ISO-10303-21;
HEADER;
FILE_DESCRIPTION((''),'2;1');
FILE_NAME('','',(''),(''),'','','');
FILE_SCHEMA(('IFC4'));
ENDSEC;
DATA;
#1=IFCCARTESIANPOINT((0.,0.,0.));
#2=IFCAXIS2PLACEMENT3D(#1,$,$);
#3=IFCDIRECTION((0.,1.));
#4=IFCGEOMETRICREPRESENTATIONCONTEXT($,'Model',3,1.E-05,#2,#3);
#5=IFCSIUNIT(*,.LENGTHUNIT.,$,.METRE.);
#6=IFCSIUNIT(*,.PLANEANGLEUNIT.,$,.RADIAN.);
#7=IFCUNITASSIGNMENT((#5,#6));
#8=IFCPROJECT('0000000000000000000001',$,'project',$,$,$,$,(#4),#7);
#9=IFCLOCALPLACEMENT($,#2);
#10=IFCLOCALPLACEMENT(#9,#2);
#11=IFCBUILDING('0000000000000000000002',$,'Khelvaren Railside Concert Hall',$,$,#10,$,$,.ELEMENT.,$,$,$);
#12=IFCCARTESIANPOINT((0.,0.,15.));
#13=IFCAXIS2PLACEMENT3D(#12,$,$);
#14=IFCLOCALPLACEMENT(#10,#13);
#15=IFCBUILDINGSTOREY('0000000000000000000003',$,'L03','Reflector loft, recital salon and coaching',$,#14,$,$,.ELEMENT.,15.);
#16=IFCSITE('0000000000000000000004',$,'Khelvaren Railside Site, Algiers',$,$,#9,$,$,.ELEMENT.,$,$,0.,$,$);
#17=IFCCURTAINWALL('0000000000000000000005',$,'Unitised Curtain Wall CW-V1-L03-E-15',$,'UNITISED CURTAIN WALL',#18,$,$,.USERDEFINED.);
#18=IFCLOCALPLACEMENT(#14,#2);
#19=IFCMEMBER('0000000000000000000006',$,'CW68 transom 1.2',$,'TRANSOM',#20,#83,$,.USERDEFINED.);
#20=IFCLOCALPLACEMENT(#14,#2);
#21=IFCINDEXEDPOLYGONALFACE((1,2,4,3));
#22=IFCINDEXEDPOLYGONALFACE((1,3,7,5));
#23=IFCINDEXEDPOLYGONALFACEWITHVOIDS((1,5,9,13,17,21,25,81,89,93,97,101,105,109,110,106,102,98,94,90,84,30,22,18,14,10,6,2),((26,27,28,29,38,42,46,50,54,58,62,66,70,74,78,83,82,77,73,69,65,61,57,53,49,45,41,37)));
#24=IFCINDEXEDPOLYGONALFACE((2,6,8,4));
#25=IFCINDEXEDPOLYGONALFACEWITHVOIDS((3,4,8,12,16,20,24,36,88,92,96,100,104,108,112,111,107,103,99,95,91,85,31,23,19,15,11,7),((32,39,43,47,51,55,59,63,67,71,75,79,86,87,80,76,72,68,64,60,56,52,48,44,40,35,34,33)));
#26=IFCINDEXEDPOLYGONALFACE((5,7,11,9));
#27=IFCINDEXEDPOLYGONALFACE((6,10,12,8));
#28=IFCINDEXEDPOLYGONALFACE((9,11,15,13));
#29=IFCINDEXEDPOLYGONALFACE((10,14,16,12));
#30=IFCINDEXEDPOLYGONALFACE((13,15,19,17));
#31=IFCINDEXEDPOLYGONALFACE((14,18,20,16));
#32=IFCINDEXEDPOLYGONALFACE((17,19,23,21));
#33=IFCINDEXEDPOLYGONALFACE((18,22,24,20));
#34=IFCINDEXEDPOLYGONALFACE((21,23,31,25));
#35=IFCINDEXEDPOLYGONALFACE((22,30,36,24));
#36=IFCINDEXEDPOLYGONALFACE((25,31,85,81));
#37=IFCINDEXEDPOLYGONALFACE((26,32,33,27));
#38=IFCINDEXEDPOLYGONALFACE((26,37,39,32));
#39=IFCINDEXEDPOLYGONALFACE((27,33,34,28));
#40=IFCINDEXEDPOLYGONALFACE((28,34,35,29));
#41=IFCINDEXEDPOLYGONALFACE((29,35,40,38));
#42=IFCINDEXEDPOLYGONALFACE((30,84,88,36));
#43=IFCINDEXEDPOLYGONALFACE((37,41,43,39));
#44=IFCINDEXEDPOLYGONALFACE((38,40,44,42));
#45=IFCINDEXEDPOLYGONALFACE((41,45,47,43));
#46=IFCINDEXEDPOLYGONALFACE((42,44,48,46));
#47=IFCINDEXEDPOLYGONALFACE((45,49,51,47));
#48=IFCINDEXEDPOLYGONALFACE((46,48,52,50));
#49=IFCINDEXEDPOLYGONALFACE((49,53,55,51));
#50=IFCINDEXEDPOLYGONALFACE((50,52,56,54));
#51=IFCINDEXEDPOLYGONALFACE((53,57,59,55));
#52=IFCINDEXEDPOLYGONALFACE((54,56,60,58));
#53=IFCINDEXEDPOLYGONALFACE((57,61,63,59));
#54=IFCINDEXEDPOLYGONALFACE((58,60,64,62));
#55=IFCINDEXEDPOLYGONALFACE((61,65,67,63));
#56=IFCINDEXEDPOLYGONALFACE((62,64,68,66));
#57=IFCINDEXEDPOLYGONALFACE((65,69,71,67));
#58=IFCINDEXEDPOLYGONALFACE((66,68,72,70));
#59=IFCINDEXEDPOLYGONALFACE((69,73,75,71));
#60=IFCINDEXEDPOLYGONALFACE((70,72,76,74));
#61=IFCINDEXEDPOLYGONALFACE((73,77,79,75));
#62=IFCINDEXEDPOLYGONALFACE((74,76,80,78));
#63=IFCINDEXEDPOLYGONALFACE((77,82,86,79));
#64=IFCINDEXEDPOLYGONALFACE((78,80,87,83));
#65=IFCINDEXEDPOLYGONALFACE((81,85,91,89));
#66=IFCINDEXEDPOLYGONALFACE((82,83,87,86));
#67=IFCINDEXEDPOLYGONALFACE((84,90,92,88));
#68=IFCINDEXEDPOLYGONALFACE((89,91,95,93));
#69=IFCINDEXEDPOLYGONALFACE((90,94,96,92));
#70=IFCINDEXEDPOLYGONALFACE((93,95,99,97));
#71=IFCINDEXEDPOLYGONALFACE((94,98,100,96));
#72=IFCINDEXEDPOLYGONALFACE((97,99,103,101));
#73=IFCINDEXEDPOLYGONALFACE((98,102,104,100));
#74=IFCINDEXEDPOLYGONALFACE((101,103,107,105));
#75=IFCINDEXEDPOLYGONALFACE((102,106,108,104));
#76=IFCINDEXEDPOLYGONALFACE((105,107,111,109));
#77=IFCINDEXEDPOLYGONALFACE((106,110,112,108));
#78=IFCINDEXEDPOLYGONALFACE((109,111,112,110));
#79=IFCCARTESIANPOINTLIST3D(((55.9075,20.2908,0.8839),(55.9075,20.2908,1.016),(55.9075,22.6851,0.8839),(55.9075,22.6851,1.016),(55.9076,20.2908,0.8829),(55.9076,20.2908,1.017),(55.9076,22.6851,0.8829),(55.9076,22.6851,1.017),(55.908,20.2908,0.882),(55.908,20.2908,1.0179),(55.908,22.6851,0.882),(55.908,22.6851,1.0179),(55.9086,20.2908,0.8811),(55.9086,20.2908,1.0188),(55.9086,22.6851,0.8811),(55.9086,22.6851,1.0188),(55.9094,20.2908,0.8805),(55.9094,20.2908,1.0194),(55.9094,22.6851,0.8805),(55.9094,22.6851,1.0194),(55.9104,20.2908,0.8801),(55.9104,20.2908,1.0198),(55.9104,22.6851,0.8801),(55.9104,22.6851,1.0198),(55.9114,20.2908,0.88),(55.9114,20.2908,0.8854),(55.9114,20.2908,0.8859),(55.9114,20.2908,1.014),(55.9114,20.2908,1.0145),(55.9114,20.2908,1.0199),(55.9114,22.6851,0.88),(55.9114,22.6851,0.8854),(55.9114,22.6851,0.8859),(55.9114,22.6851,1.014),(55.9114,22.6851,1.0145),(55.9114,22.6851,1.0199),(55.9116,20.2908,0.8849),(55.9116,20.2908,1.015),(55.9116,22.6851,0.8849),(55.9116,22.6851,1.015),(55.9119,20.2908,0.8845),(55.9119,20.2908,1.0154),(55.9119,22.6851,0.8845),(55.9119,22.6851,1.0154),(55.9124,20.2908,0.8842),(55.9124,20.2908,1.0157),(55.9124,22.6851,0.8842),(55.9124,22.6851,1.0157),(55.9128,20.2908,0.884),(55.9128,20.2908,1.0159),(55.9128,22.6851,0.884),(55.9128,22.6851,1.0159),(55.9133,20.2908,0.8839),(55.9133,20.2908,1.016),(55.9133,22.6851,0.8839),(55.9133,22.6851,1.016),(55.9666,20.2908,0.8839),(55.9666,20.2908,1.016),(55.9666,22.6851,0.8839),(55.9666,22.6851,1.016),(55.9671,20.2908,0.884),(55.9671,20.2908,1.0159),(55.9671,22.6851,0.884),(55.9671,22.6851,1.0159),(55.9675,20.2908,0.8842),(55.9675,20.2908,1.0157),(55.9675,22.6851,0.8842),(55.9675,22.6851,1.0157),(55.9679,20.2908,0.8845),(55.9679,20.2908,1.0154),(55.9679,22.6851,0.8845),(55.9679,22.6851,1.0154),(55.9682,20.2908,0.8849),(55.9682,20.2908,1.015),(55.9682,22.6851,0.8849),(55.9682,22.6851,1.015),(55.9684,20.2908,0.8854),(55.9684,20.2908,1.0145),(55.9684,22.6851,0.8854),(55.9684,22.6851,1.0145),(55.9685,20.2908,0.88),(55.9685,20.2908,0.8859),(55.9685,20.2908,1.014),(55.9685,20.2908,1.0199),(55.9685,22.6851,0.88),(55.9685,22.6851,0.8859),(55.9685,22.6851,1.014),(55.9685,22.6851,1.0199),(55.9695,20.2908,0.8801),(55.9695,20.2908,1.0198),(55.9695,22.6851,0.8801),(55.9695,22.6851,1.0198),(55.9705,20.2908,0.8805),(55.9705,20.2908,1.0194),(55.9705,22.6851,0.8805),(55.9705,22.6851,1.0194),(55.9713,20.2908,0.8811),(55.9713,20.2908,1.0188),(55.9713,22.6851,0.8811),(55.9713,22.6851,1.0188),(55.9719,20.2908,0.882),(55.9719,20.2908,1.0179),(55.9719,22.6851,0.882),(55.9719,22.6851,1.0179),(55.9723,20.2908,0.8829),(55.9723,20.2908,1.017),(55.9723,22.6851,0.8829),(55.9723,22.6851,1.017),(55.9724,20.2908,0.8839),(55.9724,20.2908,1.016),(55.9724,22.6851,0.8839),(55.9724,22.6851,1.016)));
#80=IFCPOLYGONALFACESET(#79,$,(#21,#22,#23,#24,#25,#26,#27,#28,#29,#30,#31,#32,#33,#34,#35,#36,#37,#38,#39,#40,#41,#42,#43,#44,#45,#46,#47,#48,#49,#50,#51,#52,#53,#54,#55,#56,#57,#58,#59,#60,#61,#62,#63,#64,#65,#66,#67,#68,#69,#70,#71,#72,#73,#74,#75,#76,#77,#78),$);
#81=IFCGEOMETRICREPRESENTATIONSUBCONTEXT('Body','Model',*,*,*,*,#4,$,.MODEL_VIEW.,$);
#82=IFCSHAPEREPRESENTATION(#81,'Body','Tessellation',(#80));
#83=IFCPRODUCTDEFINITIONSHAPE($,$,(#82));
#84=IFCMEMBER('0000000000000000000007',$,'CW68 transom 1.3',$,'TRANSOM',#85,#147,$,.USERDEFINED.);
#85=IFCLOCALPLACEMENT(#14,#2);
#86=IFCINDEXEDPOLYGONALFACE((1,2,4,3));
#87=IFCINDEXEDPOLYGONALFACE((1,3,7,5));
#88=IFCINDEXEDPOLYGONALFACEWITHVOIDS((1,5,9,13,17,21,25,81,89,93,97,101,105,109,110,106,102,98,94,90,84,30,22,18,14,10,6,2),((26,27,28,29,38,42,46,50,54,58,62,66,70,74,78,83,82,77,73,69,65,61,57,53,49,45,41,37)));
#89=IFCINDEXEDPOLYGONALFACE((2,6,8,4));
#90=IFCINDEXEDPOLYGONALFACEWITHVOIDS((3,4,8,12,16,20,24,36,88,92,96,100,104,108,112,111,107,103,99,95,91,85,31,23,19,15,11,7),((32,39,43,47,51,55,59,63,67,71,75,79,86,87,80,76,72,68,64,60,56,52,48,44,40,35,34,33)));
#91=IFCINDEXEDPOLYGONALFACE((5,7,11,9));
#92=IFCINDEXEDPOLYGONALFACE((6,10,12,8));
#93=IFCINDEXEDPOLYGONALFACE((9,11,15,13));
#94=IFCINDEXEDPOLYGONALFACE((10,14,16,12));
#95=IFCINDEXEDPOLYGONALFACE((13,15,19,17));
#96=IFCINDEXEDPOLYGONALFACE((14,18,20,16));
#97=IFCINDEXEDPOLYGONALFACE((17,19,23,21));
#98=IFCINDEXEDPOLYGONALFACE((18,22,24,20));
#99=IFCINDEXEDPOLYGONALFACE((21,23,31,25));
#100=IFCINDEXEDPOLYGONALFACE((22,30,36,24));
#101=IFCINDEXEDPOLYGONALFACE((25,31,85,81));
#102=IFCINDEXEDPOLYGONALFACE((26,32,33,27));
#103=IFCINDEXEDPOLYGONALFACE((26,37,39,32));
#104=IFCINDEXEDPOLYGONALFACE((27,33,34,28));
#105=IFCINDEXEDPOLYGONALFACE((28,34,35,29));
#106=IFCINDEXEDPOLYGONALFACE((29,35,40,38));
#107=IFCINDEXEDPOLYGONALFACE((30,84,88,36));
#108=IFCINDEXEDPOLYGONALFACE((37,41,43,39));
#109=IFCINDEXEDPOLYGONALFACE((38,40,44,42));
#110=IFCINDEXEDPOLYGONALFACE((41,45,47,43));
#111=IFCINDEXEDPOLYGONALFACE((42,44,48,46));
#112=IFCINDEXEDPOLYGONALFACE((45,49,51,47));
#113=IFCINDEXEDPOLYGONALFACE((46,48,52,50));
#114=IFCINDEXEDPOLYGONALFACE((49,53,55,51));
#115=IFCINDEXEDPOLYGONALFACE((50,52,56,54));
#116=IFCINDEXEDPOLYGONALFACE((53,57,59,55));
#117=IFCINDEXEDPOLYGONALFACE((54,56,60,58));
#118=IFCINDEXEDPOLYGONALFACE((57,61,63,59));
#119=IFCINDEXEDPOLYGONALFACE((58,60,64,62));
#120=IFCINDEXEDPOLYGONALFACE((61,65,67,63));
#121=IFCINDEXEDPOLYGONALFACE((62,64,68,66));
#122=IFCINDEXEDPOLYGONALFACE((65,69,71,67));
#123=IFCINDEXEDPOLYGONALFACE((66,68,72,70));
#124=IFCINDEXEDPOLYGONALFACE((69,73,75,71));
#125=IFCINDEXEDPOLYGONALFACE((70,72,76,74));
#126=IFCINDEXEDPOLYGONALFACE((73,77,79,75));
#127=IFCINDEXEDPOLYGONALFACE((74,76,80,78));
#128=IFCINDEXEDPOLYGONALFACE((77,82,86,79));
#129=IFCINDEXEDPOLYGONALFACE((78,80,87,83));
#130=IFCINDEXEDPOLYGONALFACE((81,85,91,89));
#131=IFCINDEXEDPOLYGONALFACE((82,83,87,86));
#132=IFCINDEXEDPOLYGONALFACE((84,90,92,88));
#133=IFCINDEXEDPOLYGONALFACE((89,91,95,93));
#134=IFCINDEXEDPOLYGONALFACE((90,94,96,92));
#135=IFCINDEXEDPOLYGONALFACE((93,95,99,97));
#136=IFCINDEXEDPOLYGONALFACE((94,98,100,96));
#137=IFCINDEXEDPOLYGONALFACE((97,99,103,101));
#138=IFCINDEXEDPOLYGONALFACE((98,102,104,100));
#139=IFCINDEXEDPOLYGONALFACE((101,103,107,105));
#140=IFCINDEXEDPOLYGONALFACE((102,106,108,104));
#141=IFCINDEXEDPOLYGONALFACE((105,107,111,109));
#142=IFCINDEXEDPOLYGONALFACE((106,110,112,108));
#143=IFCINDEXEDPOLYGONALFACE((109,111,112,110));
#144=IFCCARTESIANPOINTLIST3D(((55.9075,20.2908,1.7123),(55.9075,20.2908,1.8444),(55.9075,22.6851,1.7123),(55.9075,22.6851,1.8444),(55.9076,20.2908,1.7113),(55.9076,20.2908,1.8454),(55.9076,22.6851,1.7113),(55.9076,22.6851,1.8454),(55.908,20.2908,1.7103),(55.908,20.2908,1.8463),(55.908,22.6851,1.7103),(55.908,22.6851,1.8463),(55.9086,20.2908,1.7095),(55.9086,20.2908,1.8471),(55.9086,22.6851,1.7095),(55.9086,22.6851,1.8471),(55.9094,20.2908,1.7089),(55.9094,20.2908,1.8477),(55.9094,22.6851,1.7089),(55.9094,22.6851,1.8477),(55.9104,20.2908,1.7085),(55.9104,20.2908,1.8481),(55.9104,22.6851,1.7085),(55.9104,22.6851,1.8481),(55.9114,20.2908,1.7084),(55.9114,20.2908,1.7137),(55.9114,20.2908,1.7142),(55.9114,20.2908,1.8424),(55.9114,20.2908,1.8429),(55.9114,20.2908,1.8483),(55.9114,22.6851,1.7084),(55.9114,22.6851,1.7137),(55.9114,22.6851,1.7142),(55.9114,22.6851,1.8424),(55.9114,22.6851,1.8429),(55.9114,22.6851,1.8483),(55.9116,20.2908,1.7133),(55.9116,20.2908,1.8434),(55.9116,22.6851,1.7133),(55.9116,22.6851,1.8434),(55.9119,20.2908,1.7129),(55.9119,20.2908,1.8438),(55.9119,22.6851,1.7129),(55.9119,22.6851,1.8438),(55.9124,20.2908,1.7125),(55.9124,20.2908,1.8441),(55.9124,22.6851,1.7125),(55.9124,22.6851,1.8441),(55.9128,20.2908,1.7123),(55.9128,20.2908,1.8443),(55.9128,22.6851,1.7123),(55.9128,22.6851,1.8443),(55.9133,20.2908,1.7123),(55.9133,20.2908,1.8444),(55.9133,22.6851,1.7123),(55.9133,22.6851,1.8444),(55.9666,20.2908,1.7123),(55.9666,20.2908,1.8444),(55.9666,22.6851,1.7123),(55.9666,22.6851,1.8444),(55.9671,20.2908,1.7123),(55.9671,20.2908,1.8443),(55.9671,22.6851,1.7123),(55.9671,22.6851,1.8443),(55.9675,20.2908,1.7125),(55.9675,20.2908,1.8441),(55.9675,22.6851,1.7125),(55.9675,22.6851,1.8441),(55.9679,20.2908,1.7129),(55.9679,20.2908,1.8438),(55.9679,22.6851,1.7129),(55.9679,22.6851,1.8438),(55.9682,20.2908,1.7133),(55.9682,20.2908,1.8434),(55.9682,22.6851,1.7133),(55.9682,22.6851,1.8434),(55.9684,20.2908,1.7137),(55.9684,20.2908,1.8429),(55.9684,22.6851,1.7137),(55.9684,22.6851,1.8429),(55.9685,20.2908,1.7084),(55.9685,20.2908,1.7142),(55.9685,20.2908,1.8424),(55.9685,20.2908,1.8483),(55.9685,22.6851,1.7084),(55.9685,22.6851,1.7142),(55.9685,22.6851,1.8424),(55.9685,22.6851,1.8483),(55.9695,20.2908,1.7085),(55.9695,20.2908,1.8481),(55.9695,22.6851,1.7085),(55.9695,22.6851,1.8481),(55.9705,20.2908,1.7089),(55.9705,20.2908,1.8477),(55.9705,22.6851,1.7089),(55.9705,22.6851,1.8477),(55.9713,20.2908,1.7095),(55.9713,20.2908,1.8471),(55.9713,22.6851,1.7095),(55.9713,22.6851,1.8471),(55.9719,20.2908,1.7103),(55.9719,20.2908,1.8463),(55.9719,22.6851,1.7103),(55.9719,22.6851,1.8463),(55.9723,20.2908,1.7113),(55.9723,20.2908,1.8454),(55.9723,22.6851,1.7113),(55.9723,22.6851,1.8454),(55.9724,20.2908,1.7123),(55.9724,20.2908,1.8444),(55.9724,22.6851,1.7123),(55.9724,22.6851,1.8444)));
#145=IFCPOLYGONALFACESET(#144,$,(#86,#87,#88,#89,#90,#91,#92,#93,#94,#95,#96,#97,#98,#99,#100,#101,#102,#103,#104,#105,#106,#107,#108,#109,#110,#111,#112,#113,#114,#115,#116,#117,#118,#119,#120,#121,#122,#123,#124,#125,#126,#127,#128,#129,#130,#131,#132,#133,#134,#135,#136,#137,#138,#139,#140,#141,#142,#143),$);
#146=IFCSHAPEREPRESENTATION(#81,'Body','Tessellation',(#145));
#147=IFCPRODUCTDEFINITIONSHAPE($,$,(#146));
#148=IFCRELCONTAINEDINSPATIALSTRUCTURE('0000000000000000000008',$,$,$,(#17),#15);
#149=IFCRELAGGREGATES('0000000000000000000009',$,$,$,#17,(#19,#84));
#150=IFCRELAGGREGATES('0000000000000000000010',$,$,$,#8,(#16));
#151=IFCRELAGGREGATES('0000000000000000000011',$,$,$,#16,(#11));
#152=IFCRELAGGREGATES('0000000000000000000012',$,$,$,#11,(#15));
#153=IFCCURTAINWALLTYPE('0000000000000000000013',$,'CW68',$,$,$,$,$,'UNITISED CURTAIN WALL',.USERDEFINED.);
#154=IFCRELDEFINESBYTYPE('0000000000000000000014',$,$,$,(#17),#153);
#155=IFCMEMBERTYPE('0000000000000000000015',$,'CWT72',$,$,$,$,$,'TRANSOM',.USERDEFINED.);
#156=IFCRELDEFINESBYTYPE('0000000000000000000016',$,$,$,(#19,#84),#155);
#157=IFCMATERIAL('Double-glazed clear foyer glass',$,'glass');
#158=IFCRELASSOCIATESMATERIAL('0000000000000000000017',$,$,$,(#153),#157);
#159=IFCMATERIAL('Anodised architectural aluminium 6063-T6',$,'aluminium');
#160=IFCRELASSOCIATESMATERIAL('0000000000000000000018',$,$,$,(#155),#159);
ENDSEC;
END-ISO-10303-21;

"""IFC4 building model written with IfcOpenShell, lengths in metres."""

from ifc_helpers import new_model, si_unit, direction, frame, origin, origin_2d, place, context, subcontext, project, spatial, hollow_rectangle, extrude, material, material_profile, profile_set, type_object, element, aggregate, save


model = new_model("IFC4")

# Units and contexts
model_context = context("Model", 3, precision=1e-05, world=origin(), true_north=direction((0.0, 1.0)))
body_context = subcontext(model_context, "Body", "Model", "MODEL_VIEW")
ifc_project = project(units=[si_unit("LENGTHUNIT", "METRE"), si_unit("PLANEANGLEUNIT", "RADIAN")], contexts=[model_context])

# Site, building, storey
site_placement = place(None, origin())
site = spatial("IfcSite", under=ifc_project, at=site_placement, Name="Khelvaren Railside Site, Algiers", CompositionType="ELEMENT", RefElevation=0.0)
building_placement = place(site_placement, origin())
building = spatial("IfcBuilding", under=site, at=building_placement, Name="Khelvaren Railside Concert Hall", CompositionType="ELEMENT")
storey_placement = place(building_placement, frame((0.0, 0.0, 15.0)))
storey = spatial("IfcBuildingStorey", under=building, at=storey_placement, Name="L03", Description="Reflector loft, recital salon and coaching", CompositionType="ELEMENT", Elevation=15.0)

# Curtain wall
ifc_material_1 = material(Name="Double-glazed clear foyer glass", Category="glass")
curtain_wall_type_1 = type_object("IfcCurtainWallType", Name="CW68", ElementType="UNITISED CURTAIN WALL", PredefinedType="USERDEFINED", material=ifc_material_1)
curtain_wall_1_placement = place(storey_placement, origin())
curtain_wall_1 = element("IfcCurtainWall", 1, at=curtain_wall_1_placement, inside=storey, type_object=curtain_wall_type_1, Name="Unitised Curtain Wall CW-V1-L03-E-15", ObjectType="UNITISED CURTAIN WALL", PredefinedType="USERDEFINED")
ifc_material_2 = material(Name="Anodised architectural aluminium 6063-T6", Category="aluminium")

# Members
ifc_material_profile_1 = material_profile(ifc_material_2, hollow_rectangle(XDim=0.0649, YDim=0.1399, WallThickness=0.0039, InnerFilletRadius=0.002, OuterFilletRadius=0.0039, at=origin_2d()), Name="CWT 65x140x4")
ifc_profile_set_1 = profile_set([ifc_material_profile_1], Name="Anodised architectural aluminium 6063-T6")
member_type_1 = type_object("IfcMemberType", Name="CWT72", ElementType="TRANSOM", PredefinedType="USERDEFINED", material=ifc_profile_set_1)
member_1_placement = place(storey_placement, frame((55.9399, 22.6851, 0.95), z_axis=(0.0, -1.0, 0.0), x_axis=(1.0, 0.0, 0.0)))
member_1 = element("IfcMember", 2, at=member_1_placement, type_object=member_type_1, Name="CW68 transom 1.2", ObjectType="TRANSOM", PredefinedType="USERDEFINED", context=body_context, shape_type="SweptSolid", body=[
    extrude(hollow_rectangle(XDim=0.0649, YDim=0.1399, WallThickness=0.0039, InnerFilletRadius=0.002, OuterFilletRadius=0.0039, at=origin_2d()), origin(), (0.0, 0.0, 1.0), 2.3943),
])
member_2_placement = place(storey_placement, frame((55.9399, 22.6851, 1.7783), z_axis=(0.0, -1.0, 0.0), x_axis=(1.0, 0.0, 0.0)))
member_2 = element("IfcMember", 3, at=member_2_placement, type_object=member_type_1, Name="CW68 transom 1.3", ObjectType="TRANSOM", PredefinedType="USERDEFINED", context=body_context, shape_type="SweptSolid", body=[
    extrude(hollow_rectangle(XDim=0.0649, YDim=0.1399, WallThickness=0.0039, InnerFilletRadius=0.002, OuterFilletRadius=0.0039, at=origin_2d()), origin(), (0.0, 0.0, 1.0), 2.3943),
])

aggregate(curtain_wall_1, [member_1, member_2])

save(model, "model.ifc")
